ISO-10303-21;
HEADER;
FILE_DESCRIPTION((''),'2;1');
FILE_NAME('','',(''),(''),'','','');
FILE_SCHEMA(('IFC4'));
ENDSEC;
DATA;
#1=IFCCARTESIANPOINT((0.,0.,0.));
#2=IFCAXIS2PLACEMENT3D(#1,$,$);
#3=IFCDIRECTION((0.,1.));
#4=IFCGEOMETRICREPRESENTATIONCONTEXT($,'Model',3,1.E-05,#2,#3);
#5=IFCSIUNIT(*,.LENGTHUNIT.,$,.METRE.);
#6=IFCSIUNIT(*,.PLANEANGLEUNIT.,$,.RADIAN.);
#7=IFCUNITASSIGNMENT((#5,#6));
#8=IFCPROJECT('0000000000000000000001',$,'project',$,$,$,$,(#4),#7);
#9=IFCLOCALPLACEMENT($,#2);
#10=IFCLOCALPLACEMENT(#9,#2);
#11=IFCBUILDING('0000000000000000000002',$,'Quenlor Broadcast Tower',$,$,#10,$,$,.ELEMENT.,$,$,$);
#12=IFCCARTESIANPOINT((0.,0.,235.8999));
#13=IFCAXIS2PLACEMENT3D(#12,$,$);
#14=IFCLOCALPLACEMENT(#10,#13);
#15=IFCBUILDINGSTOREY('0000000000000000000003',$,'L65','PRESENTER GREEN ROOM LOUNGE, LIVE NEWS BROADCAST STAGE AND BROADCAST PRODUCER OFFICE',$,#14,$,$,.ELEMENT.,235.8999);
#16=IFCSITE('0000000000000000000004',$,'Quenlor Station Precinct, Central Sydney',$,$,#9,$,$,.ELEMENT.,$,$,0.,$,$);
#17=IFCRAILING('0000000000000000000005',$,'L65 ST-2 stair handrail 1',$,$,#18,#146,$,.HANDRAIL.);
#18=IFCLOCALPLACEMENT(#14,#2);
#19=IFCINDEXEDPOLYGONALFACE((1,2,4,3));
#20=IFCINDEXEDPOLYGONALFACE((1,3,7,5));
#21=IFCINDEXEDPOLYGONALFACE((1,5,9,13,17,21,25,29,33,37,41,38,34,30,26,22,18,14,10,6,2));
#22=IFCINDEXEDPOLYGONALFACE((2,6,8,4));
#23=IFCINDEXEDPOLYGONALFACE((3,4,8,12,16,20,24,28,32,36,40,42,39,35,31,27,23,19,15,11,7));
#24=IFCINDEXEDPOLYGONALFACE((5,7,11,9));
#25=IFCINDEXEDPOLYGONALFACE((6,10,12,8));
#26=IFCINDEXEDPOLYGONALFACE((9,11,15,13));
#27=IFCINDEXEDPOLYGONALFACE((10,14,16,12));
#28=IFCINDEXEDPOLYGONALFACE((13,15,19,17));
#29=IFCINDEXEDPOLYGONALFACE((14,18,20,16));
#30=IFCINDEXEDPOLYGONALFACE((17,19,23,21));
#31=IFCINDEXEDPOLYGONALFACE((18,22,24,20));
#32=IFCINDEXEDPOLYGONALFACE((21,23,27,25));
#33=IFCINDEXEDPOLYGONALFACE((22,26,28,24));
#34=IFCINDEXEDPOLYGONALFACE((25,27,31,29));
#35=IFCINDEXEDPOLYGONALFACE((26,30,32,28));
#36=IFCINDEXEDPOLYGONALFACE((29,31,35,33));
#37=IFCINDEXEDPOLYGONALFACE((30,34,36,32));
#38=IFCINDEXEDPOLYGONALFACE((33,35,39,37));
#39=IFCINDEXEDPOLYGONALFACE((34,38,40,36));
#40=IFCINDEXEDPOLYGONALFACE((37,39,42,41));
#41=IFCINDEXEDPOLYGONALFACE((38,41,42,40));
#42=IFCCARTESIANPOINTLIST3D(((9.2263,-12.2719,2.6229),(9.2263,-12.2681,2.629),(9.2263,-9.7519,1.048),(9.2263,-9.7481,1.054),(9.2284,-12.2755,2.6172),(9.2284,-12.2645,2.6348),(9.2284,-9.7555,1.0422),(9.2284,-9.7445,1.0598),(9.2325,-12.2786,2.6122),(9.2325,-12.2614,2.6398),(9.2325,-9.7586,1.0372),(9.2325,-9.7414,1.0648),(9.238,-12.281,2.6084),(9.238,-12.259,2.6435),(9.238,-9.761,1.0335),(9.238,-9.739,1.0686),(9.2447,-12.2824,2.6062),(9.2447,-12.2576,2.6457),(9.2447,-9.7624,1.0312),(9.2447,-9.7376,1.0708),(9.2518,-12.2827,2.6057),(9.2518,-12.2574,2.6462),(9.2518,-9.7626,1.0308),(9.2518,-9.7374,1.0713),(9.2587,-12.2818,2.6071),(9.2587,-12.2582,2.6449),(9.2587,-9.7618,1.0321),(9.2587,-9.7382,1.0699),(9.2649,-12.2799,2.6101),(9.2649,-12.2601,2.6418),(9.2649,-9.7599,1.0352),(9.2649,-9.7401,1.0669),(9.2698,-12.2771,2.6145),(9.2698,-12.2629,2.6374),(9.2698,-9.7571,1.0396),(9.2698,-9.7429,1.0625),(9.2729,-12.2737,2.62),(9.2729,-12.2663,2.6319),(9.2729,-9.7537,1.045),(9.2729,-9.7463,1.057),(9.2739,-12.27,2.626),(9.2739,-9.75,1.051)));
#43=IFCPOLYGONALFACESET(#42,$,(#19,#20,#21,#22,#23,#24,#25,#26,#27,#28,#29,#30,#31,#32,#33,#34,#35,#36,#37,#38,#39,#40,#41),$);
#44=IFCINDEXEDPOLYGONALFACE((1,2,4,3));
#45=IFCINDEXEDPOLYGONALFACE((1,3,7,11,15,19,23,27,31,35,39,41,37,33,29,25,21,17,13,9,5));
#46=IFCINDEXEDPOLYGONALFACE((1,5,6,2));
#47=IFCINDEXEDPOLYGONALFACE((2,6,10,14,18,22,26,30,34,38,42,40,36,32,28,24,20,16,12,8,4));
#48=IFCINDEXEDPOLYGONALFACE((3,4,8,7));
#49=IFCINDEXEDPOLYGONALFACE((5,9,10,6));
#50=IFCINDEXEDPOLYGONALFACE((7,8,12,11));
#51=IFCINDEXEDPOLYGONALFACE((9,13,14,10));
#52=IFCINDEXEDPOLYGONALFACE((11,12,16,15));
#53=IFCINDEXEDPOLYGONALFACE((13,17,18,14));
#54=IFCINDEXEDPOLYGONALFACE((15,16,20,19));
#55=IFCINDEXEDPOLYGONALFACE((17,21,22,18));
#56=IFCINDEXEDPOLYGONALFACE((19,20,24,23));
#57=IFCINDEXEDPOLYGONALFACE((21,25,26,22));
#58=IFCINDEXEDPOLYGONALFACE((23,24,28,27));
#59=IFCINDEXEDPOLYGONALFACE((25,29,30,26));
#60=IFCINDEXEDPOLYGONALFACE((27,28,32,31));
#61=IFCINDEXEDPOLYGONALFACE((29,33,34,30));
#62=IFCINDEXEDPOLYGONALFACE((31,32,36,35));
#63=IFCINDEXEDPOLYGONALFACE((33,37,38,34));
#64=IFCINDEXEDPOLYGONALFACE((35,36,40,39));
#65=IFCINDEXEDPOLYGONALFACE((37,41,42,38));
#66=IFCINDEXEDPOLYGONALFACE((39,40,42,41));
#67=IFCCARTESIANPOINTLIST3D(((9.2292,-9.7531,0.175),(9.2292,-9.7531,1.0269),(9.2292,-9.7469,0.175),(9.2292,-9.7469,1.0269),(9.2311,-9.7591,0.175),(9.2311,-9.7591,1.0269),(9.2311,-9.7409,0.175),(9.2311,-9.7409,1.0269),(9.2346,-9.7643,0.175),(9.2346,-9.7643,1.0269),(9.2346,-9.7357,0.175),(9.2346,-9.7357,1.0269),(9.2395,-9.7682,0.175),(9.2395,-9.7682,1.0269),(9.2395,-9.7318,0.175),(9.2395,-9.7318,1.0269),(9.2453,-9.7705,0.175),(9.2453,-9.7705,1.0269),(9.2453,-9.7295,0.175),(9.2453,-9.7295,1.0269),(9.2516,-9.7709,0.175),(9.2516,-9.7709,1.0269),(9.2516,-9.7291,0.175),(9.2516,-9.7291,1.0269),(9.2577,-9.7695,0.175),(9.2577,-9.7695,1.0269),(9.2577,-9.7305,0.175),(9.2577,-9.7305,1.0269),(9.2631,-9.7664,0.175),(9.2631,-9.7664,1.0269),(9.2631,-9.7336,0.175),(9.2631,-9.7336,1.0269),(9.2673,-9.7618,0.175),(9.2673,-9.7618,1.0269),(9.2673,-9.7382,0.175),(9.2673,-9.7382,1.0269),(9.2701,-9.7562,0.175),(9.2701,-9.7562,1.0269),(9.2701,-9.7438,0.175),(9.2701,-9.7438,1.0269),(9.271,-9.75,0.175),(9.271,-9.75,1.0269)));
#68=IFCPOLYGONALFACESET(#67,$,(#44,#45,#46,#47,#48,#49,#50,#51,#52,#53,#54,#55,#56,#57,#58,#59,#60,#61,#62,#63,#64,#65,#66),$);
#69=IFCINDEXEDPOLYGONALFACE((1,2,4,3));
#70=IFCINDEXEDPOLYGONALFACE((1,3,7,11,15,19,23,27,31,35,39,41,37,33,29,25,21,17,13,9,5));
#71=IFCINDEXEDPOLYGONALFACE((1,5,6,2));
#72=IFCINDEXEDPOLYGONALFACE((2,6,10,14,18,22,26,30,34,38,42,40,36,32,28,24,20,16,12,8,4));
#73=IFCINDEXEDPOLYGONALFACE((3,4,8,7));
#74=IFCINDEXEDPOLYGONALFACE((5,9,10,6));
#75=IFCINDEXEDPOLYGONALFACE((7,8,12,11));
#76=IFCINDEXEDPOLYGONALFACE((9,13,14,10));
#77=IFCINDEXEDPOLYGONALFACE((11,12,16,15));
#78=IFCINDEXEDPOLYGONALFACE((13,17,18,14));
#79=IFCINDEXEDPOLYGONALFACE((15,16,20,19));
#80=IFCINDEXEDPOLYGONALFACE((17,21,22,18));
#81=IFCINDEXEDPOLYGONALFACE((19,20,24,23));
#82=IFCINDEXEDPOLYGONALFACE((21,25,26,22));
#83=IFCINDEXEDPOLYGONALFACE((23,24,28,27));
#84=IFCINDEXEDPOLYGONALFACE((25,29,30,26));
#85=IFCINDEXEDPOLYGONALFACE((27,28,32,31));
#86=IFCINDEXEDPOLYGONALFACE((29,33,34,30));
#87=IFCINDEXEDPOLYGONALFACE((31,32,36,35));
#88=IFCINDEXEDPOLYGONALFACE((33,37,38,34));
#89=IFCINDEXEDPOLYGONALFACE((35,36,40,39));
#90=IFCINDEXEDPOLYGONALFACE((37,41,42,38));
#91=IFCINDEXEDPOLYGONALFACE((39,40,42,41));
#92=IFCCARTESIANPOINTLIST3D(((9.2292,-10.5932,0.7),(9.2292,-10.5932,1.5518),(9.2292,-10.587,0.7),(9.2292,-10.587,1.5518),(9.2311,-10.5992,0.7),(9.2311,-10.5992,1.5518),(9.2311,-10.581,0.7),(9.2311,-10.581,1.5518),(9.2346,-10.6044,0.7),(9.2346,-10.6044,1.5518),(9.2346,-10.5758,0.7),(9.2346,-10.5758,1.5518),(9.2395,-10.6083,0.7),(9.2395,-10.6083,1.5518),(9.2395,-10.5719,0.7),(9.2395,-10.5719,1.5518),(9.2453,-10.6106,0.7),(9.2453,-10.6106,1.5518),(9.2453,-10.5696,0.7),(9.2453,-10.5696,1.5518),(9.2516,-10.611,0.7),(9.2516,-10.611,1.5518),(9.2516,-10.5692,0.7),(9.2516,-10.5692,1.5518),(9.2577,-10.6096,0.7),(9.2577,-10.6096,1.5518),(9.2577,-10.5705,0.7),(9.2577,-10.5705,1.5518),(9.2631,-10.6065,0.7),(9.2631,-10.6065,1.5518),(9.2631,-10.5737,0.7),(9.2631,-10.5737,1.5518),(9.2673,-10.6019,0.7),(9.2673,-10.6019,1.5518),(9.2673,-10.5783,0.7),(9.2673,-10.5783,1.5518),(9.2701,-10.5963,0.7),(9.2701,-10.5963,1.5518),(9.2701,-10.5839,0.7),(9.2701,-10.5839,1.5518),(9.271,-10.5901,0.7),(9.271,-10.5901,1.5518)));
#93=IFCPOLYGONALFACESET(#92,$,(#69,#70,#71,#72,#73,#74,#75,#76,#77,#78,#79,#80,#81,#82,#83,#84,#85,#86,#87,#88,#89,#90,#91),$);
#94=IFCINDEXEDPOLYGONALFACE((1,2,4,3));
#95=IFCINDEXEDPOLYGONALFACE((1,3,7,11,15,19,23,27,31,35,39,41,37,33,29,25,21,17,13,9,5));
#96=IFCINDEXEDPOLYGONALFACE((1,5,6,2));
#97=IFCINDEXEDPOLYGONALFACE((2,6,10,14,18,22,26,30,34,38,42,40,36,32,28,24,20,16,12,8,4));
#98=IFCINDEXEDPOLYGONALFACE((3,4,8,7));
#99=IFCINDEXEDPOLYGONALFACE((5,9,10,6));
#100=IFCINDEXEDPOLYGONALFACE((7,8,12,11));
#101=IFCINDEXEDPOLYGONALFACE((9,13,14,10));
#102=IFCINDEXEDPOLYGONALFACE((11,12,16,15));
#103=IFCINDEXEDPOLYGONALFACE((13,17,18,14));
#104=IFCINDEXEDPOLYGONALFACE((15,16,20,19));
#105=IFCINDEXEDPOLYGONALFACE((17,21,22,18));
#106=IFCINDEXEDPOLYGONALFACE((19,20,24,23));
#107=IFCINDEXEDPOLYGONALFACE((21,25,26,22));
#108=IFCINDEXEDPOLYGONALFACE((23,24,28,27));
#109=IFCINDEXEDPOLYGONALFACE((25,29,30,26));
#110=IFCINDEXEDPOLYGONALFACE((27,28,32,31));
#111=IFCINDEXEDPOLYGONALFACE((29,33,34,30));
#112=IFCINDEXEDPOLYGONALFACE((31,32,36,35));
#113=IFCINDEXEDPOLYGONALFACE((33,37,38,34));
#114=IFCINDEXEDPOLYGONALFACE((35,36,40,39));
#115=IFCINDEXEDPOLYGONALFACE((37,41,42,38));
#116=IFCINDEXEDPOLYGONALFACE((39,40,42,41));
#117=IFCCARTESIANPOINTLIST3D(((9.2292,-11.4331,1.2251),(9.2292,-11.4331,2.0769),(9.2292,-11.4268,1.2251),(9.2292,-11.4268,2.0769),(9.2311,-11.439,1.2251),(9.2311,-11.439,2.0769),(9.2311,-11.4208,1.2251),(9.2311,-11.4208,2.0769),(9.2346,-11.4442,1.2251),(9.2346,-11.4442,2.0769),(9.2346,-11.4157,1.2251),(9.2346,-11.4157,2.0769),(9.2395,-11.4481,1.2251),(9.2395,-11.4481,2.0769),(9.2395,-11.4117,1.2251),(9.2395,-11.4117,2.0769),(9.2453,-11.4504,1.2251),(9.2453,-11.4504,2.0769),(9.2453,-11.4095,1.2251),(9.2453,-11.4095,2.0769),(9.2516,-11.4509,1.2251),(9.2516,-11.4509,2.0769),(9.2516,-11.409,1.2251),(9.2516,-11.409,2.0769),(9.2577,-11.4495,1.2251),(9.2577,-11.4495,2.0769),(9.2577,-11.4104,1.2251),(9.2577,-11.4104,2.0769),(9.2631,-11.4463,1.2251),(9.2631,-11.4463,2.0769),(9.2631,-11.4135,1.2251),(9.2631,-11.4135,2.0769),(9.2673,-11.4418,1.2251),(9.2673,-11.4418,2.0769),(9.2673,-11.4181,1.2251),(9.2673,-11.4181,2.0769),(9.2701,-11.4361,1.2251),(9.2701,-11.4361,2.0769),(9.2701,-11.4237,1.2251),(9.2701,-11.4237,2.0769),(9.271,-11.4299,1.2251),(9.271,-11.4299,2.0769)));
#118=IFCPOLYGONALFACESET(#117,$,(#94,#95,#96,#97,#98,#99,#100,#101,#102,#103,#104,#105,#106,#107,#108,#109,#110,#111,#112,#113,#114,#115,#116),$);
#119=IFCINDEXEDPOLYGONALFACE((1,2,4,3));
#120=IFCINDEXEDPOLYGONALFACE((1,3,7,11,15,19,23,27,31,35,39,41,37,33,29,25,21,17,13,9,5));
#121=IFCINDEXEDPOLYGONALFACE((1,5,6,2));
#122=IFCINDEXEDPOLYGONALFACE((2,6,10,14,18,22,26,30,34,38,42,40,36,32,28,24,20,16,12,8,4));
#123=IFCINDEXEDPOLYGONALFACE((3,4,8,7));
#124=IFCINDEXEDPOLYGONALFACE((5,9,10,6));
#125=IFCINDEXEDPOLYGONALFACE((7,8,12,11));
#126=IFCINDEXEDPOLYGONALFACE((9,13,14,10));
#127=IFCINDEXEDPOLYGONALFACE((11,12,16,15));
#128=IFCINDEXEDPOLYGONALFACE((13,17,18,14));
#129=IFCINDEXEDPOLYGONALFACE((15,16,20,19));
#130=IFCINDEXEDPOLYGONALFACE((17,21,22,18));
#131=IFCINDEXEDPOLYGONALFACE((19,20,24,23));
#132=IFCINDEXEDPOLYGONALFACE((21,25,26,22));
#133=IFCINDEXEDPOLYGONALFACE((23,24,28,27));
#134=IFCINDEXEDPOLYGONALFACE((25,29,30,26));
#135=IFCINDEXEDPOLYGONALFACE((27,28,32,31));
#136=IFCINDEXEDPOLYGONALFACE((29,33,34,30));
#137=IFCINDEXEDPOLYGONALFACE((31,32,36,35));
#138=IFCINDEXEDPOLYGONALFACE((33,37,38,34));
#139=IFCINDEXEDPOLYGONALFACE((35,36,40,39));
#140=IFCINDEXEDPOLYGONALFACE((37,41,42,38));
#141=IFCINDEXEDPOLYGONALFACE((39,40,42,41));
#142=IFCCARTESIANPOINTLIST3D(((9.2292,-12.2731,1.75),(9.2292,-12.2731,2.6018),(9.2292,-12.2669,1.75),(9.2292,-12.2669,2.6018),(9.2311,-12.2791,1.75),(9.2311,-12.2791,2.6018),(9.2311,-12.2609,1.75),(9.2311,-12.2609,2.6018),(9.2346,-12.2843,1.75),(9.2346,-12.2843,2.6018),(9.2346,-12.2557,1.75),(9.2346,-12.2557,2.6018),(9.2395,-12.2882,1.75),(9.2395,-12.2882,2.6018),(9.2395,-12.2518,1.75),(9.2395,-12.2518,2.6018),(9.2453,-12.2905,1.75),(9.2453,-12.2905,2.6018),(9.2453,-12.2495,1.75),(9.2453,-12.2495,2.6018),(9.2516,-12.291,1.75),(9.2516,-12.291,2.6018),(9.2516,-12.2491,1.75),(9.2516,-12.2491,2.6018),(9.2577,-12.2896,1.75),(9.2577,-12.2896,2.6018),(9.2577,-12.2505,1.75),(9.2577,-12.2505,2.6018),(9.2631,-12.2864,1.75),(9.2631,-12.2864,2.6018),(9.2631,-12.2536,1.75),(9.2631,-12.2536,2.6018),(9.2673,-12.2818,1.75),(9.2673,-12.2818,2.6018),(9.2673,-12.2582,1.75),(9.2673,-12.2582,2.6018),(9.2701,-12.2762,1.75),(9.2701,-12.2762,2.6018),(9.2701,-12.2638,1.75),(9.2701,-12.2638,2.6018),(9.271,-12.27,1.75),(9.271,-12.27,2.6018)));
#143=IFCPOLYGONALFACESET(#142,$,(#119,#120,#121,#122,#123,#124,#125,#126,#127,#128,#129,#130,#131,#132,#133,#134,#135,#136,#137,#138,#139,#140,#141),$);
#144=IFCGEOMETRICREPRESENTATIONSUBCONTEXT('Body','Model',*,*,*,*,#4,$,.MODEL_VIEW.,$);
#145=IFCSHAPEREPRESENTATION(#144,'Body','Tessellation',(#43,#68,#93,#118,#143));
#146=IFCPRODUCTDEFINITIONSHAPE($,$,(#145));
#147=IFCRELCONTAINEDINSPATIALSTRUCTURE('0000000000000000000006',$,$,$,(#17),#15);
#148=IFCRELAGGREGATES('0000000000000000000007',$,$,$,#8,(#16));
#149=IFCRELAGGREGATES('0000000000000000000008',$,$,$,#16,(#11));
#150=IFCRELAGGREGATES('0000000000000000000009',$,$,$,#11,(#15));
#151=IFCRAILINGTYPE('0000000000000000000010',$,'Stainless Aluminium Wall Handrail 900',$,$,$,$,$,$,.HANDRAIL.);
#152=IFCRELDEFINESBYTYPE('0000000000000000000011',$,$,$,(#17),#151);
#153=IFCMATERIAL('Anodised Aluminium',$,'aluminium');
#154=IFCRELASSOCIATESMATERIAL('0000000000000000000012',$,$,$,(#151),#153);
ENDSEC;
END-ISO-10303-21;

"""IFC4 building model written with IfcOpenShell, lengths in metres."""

from ifc_helpers import new_model, si_unit, direction, frame, origin, origin_2d, place, context, subcontext, project, spatial, circle, extrude, material, type_object, element, save


model = new_model("IFC4")

# Units and contexts
model_context = context("Model", 3, precision=1e-05, world=origin(), true_north=direction((0.0, 1.0)))
body_context = subcontext(model_context, "Body", "Model", "MODEL_VIEW")
ifc_project = project(units=[si_unit("LENGTHUNIT", "METRE"), si_unit("PLANEANGLEUNIT", "RADIAN")], contexts=[model_context])

# Site, building, storey
site_placement = place(None, origin())
site = spatial("IfcSite", under=ifc_project, at=site_placement, Name="Quenlor Station Precinct, Central Sydney", CompositionType="ELEMENT", RefElevation=0.0)
building_placement = place(site_placement, origin())
building = spatial("IfcBuilding", under=site, at=building_placement, Name="Quenlor Broadcast Tower", CompositionType="ELEMENT")
storey_placement = place(building_placement, frame((0.0, 0.0, 235.8999)))
storey = spatial("IfcBuildingStorey", under=building, at=storey_placement, Name="L65", Description="PRESENTER GREEN ROOM LOUNGE, LIVE NEWS BROADCAST STAGE AND BROADCAST PRODUCER OFFICE", CompositionType="ELEMENT", Elevation=235.8999)

# Railing
ifc_material_1 = material(Name="Anodised Aluminium", Category="aluminium")
railing_type_1 = type_object("IfcRailingType", Name="Stainless Aluminium Wall Handrail 900", PredefinedType="HANDRAIL", material=ifc_material_1)
railing_1_placement = place(storey_placement, frame((9.25, -9.75, 0.175)))
element("IfcRailing", 1, at=railing_1_placement, inside=storey, type_object=railing_type_1, Name="L65 ST-2 stair handrail 1", PredefinedType="HANDRAIL", context=body_context, shape_type="SweptSolid", body=[
    extrude(circle(Radius=0.0239, at=origin_2d()), frame((0.0, 0.0, 0.876), z_axis=(0.0, -0.848008, 0.529984), x_axis=(1.0, 0.0, 0.0)), (0.0, 0.0, 1.0), 2.9717),
    extrude(circle(Radius=0.021, at=origin_2d()), origin(), (0.0, 0.0, 1.0), 0.8518),
    extrude(circle(Radius=0.021, at=origin_2d()), frame((0.0, -0.8401, 0.5249)), (0.0, 0.0, 1.0), 0.8518),
    extrude(circle(Radius=0.021, at=origin_2d()), frame((0.0, -1.6799, 1.05)), (0.0, 0.0, 1.0), 0.8518),
    extrude(circle(Radius=0.021, at=origin_2d()), frame((0.0, -2.52, 1.575)), (0.0, 0.0, 1.0), 0.8518),
])

save(model, "model.ifc")
